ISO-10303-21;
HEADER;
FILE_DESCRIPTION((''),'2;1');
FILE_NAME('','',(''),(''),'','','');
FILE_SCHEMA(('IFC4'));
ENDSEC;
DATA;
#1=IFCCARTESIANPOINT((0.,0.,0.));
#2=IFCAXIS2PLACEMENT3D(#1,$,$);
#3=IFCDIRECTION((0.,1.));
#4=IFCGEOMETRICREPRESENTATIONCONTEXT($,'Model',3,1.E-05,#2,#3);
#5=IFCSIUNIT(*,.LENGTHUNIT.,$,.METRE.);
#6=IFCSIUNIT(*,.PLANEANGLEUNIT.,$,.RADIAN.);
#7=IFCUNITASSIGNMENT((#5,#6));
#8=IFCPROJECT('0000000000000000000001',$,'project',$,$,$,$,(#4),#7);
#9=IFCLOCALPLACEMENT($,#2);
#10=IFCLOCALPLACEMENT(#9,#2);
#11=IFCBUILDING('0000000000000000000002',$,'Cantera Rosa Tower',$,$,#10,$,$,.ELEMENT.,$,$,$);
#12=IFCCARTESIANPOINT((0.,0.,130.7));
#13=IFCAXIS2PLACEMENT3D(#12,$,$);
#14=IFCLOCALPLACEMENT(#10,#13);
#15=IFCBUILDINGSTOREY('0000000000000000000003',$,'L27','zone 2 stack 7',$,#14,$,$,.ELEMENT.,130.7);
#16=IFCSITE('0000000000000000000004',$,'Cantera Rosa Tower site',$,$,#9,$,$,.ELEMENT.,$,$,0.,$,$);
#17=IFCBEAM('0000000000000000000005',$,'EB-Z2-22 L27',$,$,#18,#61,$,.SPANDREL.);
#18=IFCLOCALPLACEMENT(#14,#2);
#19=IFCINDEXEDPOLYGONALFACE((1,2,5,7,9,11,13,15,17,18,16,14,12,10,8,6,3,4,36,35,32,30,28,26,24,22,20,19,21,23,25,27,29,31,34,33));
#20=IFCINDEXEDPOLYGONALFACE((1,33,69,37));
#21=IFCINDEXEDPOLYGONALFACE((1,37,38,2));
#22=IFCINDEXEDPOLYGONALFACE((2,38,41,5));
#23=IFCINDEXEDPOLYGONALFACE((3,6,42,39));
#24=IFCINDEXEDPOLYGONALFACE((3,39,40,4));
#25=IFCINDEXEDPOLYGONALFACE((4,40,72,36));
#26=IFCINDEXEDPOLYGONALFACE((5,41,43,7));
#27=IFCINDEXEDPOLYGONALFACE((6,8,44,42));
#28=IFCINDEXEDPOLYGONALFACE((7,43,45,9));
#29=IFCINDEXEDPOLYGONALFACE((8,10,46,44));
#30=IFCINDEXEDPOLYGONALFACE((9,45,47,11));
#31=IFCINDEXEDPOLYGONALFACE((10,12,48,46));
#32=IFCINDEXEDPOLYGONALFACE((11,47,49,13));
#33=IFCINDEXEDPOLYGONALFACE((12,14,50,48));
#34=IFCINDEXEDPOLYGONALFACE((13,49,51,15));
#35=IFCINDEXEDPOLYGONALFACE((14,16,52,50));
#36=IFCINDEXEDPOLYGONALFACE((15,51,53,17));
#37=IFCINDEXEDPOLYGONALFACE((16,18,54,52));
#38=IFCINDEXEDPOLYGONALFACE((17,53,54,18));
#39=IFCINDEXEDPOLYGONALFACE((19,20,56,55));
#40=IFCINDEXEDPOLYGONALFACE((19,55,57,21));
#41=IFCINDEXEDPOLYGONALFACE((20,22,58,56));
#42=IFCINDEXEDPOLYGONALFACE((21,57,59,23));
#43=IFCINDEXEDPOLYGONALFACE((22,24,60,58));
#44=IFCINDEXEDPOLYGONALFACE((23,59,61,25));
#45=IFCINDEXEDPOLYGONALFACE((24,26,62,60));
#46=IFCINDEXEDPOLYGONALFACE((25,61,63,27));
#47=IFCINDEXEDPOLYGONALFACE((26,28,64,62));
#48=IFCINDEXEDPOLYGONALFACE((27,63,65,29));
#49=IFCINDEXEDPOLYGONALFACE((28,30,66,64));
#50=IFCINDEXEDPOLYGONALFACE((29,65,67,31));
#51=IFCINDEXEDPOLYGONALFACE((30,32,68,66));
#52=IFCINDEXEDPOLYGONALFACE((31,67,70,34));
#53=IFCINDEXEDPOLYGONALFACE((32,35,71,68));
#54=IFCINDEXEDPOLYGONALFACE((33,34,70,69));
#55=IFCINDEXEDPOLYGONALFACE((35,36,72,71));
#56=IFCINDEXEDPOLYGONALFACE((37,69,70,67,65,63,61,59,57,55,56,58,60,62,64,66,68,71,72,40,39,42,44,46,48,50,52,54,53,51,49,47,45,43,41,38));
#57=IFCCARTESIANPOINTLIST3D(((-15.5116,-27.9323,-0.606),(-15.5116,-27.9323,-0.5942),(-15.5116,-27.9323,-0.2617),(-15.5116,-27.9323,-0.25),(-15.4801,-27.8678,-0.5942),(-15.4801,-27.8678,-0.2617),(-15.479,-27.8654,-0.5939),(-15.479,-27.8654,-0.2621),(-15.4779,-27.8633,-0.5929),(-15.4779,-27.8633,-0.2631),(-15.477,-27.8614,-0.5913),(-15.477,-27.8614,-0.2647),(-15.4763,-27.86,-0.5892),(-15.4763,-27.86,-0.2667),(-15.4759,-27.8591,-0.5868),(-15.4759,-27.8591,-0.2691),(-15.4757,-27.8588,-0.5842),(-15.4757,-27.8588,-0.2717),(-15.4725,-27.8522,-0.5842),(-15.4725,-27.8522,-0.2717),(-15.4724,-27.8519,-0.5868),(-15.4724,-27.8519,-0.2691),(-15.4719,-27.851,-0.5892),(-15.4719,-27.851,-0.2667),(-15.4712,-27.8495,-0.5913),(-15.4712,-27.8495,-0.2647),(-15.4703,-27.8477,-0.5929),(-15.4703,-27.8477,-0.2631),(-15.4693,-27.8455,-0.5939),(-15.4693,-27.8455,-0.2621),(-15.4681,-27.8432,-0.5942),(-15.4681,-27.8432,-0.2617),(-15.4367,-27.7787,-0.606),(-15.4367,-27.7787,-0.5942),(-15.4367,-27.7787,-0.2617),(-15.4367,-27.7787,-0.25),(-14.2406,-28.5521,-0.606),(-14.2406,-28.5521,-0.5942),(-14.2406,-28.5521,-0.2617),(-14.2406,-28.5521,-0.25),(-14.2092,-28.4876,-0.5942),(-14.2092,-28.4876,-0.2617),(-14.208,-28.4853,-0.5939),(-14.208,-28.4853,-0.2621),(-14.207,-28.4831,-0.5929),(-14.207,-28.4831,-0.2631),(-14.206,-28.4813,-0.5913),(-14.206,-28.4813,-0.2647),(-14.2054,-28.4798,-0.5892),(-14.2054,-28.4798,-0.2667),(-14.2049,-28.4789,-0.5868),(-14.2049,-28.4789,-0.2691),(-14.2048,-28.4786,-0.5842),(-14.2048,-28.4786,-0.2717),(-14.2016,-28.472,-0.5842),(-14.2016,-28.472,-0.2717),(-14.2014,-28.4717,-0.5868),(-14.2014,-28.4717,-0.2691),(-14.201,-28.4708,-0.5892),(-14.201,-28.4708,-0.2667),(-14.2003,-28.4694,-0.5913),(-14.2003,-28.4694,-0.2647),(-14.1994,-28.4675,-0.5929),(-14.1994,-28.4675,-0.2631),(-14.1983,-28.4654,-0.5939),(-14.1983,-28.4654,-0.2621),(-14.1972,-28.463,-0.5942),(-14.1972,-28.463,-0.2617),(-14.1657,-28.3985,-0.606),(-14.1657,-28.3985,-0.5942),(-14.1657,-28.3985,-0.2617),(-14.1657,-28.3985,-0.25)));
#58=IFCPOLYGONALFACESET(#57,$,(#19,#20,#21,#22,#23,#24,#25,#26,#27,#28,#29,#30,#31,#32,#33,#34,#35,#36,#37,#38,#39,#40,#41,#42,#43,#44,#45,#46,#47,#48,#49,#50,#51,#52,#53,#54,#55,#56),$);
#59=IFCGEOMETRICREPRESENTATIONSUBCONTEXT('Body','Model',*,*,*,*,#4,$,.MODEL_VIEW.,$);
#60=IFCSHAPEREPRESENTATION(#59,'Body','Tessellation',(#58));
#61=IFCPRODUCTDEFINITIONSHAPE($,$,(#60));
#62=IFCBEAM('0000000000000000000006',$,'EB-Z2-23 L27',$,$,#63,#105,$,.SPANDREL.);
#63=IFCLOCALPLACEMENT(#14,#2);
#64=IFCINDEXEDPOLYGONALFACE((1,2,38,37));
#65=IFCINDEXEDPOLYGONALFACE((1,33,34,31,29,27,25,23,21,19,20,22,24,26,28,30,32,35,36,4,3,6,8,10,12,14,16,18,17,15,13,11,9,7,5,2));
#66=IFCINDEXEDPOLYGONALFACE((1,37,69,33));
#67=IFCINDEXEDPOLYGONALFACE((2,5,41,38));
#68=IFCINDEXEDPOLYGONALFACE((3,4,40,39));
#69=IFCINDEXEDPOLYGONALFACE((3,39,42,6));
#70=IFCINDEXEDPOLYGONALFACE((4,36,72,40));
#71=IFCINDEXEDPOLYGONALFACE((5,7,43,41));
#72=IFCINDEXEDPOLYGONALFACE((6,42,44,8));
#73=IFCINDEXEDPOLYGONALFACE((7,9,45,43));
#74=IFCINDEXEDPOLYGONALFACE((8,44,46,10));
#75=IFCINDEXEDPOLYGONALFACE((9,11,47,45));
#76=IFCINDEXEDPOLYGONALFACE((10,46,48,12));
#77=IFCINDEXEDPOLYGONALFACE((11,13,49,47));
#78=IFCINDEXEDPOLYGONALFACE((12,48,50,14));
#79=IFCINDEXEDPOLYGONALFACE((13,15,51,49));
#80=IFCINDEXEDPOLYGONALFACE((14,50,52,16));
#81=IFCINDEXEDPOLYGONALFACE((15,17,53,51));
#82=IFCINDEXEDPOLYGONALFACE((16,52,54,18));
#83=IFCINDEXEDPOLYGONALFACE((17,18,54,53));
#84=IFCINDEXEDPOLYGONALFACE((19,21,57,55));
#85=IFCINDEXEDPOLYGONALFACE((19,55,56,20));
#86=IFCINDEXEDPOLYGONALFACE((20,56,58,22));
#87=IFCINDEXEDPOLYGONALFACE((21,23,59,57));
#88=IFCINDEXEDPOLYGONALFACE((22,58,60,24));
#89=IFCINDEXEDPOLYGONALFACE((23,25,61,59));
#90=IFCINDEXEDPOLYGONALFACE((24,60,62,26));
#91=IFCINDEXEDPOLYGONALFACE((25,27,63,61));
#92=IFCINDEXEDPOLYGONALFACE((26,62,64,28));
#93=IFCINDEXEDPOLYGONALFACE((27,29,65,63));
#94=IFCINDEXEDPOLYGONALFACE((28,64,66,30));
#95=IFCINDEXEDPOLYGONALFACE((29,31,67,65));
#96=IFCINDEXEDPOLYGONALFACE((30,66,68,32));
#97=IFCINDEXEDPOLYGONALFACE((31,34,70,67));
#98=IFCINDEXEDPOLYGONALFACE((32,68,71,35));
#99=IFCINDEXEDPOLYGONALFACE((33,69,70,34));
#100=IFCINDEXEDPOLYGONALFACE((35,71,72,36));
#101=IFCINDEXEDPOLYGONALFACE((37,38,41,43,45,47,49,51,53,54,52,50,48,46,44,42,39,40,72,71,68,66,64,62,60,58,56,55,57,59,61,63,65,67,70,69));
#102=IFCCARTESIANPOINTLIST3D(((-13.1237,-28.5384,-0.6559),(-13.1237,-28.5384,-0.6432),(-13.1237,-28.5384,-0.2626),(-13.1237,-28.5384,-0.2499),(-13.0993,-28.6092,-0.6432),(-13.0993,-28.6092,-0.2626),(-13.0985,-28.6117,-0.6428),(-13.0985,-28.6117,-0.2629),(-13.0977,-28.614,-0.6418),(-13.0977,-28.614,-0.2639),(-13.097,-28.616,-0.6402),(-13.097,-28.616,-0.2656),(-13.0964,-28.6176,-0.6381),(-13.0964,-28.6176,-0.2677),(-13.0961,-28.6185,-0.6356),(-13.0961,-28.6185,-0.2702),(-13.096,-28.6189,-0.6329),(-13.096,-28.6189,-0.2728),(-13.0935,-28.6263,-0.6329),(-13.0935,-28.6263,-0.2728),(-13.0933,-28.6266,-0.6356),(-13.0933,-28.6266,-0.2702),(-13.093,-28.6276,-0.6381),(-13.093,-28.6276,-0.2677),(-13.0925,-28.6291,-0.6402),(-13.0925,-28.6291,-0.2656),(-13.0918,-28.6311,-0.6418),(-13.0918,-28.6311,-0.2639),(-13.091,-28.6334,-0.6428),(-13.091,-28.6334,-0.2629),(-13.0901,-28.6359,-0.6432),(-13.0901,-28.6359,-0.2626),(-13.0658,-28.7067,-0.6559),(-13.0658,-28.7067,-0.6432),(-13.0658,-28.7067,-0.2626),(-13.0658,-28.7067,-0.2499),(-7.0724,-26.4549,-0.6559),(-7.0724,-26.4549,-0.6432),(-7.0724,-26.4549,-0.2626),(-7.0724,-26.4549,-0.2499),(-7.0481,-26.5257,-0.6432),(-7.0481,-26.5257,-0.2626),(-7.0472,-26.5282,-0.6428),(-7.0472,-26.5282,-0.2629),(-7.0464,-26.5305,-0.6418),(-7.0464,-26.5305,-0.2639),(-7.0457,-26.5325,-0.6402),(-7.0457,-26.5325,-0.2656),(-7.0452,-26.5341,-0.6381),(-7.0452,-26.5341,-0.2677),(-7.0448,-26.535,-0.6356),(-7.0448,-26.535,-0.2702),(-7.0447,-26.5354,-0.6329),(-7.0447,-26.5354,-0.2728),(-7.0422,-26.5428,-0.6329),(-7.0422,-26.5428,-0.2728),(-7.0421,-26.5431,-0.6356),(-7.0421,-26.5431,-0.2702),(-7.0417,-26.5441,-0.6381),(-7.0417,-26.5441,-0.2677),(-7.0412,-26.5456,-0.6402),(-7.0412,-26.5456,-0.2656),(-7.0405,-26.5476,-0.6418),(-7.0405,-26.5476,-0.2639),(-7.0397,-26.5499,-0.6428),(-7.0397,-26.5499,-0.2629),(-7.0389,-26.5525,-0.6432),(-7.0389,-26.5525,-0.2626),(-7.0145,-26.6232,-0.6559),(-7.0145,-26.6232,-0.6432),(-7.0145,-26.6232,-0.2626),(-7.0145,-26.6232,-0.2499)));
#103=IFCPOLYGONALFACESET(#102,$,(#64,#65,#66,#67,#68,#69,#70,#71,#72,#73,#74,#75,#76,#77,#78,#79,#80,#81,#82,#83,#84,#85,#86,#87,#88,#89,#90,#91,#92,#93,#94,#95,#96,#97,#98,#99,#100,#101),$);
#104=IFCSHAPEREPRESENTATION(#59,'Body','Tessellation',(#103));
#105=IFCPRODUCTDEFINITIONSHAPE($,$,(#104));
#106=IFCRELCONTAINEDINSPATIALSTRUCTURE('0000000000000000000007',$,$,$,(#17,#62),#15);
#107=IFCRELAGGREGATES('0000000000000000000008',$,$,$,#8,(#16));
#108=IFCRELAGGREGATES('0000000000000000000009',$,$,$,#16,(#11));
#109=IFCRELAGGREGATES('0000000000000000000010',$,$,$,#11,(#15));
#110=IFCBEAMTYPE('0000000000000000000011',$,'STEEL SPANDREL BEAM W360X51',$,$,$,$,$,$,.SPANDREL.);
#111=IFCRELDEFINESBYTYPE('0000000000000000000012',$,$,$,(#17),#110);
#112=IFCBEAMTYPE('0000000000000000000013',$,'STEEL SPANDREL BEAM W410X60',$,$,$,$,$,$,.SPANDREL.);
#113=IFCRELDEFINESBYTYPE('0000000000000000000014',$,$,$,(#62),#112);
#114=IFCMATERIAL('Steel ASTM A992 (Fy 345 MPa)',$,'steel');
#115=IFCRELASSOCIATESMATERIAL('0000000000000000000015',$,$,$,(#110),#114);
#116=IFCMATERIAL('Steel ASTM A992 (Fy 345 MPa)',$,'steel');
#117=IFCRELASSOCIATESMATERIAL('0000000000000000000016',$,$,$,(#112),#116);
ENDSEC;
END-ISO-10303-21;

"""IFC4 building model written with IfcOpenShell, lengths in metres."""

from ifc_helpers import new_model, si_unit, direction, frame, origin, origin_2d, place, context, subcontext, project, spatial, i_section, extrude, material, material_profile, profile_set, type_object, element, save


model = new_model("IFC4")

# Units and contexts
model_context = context("Model", 3, precision=1e-05, world=origin(), true_north=direction((0.0, 1.0)))
body_context = subcontext(model_context, "Body", "Model", "MODEL_VIEW")
ifc_project = project(units=[si_unit("LENGTHUNIT", "METRE"), si_unit("PLANEANGLEUNIT", "RADIAN")], contexts=[model_context])

# Site, building, storey
site_placement = place(None, origin())
site = spatial("IfcSite", under=ifc_project, at=site_placement, Name="Cantera Rosa Tower site", CompositionType="ELEMENT", RefElevation=0.0)
building_placement = place(site_placement, origin())
building = spatial("IfcBuilding", under=site, at=building_placement, Name="Cantera Rosa Tower", CompositionType="ELEMENT")
storey_placement = place(building_placement, frame((0.0, 0.0, 130.7)))
storey = spatial("IfcBuildingStorey", under=building, at=storey_placement, Name="L27", Description="zone 2 stack 7", CompositionType="ELEMENT", Elevation=130.7)

# Beams
ifc_material_1 = material(Name="Steel ASTM A992 (Fy 345 MPa)", Category="steel")
ifc_material_profile_1 = material_profile(ifc_material_1, i_section(OverallWidth=0.1709, OverallDepth=0.356, WebThickness=0.0073, FlangeThickness=0.0117, FilletRadius=0.01, at=origin_2d()), Name="W360X51")
ifc_profile_set_1 = profile_set([ifc_material_profile_1], Name="Steel ASTM A992 (Fy 345 MPa)")
beam_type_1 = type_object("IfcBeamType", Name="STEEL SPANDREL BEAM W360X51", PredefinedType="SPANDREL", material=ifc_profile_set_1)
beam_1_placement = place(storey_placement, frame((-15.4741, -27.8555, -0.428), z_axis=(0.898803, -0.438352, 0.0), x_axis=(0.438352, 0.898803, 0.0)))
element("IfcBeam", 1, at=beam_1_placement, inside=storey, type_object=beam_type_1, Name="EB-Z2-22 L27", PredefinedType="SPANDREL", context=body_context, shape_type="SweptSolid", body=[
    extrude(i_section(OverallWidth=0.1709, OverallDepth=0.356, WebThickness=0.0073, FlangeThickness=0.0117, FilletRadius=0.01, at=origin_2d()), origin(), (0.0, 0.0, 1.0), 1.4141),
])
ifc_material_2 = material(Name="Steel ASTM A992 (Fy 345 MPa)", Category="steel")
ifc_material_profile_2 = material_profile(ifc_material_2, i_section(OverallWidth=0.178, OverallDepth=0.406, WebThickness=0.0078, FlangeThickness=0.0127, FilletRadius=0.0103, at=origin_2d()), Name="W410X60")
ifc_profile_set_2 = profile_set([ifc_material_profile_2], Name="Steel ASTM A992 (Fy 345 MPa)")
beam_type_2 = type_object("IfcBeamType", Name="STEEL SPANDREL BEAM W410X60", PredefinedType="SPANDREL", material=ifc_profile_set_2)
beam_2_placement = place(storey_placement, frame((-13.0947, -28.6226, -0.4529), z_axis=(0.945524, 0.325551, 0.0), x_axis=(-0.325551, 0.945524, 0.0)))
element("IfcBeam", 2, at=beam_2_placement, inside=storey, type_object=beam_type_2, Name="EB-Z2-23 L27", PredefinedType="SPANDREL", context=body_context, shape_type="SweptSolid", body=[
    extrude(i_section(OverallWidth=0.178, OverallDepth=0.406, WebThickness=0.0078, FlangeThickness=0.0127, FilletRadius=0.0103, at=origin_2d()), origin(), (0.0, 0.0, 1.0), 6.3999),
])

save(model, "model.ifc")
